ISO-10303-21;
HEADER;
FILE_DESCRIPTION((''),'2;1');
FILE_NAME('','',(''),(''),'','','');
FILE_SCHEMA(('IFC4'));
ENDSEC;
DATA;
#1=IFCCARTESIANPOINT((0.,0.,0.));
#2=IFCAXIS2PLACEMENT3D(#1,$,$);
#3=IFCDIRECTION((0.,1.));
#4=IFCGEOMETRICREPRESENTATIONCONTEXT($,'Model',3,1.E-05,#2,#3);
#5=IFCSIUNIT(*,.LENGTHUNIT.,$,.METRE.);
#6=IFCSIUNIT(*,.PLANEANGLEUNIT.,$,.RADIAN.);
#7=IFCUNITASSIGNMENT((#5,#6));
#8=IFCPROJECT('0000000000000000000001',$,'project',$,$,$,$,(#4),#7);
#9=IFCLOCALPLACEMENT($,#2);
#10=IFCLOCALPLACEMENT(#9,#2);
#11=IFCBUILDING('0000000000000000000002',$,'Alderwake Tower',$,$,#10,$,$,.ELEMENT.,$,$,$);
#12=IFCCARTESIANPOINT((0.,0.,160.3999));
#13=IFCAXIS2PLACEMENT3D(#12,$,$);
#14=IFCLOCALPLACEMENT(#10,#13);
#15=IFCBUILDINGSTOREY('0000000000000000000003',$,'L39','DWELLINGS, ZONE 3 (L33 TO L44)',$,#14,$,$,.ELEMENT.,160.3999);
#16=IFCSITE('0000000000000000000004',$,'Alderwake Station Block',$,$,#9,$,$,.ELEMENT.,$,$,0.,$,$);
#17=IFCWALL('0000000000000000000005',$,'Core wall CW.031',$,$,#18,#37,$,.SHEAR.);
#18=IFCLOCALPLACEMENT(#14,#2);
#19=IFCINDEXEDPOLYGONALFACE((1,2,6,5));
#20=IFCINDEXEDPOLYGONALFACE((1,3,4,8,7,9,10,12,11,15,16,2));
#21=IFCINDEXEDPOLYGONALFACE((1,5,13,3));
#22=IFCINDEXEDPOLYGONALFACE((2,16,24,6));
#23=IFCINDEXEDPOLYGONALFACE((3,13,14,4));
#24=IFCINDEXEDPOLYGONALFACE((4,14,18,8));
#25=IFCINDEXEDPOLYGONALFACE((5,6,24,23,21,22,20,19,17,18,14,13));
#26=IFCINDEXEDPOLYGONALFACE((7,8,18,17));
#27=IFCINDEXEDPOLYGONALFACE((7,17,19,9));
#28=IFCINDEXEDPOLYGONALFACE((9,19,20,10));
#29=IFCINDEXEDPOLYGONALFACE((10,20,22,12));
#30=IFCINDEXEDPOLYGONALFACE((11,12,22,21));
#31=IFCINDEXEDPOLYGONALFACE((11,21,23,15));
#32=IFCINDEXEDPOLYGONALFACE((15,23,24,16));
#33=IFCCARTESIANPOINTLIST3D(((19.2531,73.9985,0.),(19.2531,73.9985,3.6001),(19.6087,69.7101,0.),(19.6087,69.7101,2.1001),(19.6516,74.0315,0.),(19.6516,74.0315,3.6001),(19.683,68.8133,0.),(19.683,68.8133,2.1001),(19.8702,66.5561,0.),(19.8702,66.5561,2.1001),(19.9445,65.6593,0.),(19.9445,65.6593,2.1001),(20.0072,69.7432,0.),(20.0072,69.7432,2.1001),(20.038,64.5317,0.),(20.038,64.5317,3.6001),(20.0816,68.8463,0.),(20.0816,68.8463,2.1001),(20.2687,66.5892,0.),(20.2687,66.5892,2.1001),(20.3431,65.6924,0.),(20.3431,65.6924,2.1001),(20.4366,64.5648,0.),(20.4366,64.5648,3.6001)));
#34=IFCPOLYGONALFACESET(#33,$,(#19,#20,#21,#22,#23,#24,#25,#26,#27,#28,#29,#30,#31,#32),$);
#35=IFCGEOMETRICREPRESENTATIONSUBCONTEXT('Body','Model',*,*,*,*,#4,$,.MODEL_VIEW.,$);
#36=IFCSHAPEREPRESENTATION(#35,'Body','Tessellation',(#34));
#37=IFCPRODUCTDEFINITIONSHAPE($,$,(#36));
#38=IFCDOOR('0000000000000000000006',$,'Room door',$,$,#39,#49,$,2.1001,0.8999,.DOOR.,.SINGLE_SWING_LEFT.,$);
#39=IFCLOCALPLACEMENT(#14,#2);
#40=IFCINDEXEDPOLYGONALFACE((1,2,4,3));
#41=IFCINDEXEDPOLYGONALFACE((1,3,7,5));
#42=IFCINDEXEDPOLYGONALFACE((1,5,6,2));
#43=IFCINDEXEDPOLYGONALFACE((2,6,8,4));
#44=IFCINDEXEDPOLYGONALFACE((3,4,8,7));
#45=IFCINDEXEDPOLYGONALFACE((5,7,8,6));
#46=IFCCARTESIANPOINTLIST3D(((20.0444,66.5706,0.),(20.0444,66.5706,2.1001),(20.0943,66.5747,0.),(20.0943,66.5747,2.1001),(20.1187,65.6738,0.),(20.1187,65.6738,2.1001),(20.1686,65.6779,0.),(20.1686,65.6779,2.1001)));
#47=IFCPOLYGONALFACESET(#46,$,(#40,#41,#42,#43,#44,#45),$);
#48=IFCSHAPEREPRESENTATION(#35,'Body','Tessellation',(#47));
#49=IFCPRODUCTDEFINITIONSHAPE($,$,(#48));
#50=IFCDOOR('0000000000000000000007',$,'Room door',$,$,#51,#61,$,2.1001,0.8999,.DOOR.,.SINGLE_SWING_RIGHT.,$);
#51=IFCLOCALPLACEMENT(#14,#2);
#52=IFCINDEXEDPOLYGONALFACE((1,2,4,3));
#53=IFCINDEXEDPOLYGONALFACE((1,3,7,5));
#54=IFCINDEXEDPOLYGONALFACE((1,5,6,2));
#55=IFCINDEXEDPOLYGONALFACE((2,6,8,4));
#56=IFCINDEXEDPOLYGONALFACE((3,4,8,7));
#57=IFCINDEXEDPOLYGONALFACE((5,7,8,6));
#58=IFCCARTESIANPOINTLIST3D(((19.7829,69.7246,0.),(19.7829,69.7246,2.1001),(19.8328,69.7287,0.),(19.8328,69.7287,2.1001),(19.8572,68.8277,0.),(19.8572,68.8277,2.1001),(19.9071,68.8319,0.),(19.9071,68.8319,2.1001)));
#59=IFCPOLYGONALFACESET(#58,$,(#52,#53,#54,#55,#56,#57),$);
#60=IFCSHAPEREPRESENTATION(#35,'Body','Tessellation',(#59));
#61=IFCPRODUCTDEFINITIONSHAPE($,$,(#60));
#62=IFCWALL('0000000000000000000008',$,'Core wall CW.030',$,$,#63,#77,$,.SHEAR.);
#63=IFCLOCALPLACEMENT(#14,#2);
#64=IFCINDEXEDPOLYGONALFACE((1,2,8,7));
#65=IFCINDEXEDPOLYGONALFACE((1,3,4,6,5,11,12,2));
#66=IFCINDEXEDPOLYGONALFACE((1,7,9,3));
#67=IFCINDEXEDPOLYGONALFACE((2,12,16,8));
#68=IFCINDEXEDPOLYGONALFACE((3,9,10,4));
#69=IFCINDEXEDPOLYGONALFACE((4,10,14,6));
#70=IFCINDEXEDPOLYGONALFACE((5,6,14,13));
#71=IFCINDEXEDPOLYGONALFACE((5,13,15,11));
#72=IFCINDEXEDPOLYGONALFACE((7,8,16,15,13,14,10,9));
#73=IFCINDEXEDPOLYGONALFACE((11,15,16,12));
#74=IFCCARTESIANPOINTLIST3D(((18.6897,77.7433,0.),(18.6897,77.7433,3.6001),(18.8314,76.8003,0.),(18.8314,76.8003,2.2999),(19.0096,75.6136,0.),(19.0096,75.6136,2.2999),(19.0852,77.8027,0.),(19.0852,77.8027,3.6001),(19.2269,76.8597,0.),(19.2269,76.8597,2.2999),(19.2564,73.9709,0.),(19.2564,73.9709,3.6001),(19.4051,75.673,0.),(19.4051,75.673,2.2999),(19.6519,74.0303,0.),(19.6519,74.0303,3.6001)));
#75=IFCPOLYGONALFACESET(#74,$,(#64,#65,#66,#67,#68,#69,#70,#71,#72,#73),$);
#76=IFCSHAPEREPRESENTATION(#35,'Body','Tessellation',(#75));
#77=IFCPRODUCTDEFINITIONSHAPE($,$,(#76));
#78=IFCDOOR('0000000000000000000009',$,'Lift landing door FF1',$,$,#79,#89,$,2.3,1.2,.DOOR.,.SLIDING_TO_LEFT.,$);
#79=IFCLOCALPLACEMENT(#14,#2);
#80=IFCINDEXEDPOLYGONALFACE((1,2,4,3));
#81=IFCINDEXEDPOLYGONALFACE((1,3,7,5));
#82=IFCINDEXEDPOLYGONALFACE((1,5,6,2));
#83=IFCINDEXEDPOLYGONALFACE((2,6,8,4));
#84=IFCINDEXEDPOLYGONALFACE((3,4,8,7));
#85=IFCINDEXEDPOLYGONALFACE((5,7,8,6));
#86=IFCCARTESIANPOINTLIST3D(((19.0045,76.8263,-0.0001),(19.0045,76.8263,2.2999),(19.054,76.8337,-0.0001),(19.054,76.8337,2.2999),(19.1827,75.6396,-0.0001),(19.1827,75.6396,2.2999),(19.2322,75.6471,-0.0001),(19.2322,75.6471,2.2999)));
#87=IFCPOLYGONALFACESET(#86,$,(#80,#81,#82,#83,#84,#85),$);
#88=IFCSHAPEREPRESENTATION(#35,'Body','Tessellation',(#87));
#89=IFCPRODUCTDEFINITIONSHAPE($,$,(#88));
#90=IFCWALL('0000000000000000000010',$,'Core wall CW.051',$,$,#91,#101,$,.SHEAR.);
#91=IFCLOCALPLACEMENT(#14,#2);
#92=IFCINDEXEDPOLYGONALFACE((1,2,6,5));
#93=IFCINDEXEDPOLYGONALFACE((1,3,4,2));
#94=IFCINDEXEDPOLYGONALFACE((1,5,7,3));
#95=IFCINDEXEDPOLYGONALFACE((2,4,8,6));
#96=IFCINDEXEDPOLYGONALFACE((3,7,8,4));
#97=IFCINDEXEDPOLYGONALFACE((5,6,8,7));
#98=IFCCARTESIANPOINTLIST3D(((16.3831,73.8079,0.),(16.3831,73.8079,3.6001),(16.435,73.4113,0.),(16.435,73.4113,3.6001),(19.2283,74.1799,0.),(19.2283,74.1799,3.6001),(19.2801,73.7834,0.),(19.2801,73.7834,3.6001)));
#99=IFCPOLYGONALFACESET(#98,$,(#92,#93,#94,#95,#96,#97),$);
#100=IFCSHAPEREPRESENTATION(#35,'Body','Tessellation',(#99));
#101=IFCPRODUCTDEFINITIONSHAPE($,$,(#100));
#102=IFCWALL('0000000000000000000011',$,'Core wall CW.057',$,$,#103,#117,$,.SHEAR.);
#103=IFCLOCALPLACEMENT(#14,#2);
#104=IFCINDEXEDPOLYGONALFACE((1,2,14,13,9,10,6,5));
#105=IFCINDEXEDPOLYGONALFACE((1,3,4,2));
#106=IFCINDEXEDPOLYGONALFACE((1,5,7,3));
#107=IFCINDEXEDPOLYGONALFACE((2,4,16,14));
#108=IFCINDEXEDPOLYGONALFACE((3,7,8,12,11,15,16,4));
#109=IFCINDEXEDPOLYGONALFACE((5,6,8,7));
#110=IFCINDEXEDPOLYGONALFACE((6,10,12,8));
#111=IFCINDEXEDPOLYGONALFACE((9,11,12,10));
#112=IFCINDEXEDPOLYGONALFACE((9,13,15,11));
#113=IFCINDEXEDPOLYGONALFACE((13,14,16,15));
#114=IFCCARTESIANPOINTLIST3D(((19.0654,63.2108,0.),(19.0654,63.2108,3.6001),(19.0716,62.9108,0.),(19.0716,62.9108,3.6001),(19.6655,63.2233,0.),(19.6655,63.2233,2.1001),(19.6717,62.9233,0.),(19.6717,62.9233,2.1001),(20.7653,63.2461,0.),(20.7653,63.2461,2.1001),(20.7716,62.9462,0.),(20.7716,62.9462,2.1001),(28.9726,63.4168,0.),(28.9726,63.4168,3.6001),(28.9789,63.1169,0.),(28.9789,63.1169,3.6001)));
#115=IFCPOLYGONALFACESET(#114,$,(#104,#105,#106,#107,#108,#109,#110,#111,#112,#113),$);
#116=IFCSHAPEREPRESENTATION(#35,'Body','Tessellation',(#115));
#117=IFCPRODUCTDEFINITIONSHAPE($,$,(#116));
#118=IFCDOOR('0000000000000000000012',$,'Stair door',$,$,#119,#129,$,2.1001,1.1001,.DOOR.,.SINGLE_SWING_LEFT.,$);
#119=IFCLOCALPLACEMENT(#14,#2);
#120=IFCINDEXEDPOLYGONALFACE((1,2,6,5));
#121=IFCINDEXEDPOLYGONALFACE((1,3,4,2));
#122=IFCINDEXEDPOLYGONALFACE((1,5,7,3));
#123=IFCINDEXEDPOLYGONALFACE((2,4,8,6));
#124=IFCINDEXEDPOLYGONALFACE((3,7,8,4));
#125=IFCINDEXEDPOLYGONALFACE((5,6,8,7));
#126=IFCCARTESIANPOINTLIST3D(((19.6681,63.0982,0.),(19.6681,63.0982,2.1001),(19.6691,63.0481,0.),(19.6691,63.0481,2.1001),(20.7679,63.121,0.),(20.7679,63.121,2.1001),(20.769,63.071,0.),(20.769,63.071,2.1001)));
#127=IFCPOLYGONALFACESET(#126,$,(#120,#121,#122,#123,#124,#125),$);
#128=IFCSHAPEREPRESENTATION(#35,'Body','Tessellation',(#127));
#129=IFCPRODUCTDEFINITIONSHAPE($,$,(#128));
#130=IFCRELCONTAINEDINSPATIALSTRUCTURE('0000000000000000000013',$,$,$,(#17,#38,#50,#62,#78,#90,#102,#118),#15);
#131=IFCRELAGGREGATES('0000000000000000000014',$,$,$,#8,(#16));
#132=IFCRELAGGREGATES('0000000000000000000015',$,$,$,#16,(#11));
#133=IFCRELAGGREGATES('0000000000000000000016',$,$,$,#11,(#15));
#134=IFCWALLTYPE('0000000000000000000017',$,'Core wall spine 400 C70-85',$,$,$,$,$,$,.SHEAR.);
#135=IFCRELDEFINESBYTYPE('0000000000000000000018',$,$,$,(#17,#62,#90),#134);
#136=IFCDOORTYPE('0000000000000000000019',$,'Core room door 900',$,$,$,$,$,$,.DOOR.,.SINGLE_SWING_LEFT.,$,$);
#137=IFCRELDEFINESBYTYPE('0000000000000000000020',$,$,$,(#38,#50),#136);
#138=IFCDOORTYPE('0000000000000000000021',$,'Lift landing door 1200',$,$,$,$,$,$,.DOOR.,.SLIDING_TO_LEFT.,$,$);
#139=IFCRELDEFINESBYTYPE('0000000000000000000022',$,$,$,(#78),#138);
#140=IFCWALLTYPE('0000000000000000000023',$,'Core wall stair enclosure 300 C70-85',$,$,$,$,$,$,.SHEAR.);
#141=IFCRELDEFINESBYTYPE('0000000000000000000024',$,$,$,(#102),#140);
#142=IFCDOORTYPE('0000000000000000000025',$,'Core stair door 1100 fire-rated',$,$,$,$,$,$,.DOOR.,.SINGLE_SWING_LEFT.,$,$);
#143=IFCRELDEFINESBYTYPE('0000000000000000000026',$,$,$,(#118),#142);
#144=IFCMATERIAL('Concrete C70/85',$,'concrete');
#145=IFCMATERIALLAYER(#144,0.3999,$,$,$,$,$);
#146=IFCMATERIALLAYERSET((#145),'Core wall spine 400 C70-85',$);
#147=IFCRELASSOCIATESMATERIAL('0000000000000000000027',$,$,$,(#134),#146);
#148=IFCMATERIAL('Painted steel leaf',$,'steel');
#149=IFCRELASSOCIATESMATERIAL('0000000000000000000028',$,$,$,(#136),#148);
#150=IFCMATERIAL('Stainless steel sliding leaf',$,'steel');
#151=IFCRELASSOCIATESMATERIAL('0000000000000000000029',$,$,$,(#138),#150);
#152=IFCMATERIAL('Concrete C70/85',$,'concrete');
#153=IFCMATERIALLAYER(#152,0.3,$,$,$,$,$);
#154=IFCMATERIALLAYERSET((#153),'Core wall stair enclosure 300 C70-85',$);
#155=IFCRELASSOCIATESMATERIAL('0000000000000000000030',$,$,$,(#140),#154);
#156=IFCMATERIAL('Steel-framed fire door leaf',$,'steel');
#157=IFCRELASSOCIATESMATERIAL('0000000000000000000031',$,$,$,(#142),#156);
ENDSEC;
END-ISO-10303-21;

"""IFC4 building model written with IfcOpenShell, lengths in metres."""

from ifc_helpers import new_model, si_unit, direction, frame, frame_2d, origin, place, context, subcontext, project, spatial, rectangle, extrude, material, layer, layer_set, type_object, element, fill, save


model = new_model("IFC4")

# Units and contexts
model_context = context("Model", 3, precision=1e-05, world=origin(), true_north=direction((0.0, 1.0)))
body_context = subcontext(model_context, "Body", "Model", "MODEL_VIEW")
ifc_project = project(units=[si_unit("LENGTHUNIT", "METRE"), si_unit("PLANEANGLEUNIT", "RADIAN")], contexts=[model_context])

# Site, building, storey
site_placement = place(None, origin())
site = spatial("IfcSite", under=ifc_project, at=site_placement, Name="Alderwake Station Block", CompositionType="ELEMENT", RefElevation=0.0)
building_placement = place(site_placement, origin())
building = spatial("IfcBuilding", under=site, at=building_placement, Name="Alderwake Tower", CompositionType="ELEMENT")
storey_placement = place(building_placement, frame((0.0, 0.0, 160.3999)))
storey = spatial("IfcBuildingStorey", under=building, at=storey_placement, Name="L39", Description="DWELLINGS, ZONE 3 (L33 TO L44)", CompositionType="ELEMENT", Elevation=160.3999)

# Wall, openings, doors
ifc_material_1 = material(Name="Concrete C70/85", Category="concrete")
ifc_layer_1 = layer(ifc_material_1, 0.3999)
ifc_layer_set_1 = layer_set([ifc_layer_1], Name="Core wall spine 400 C70-85")
wall_type_1 = type_object("IfcWallType", Name="Core wall spine 400 C70-85", PredefinedType="SHEAR", material=ifc_layer_set_1)
wall_1_placement = place(storey_placement, frame((19.4524, 74.0149, 0.0), z_axis=(0.0, 0.0, 1.0), x_axis=(0.082629, -0.99658, 0.0)))
wall_1 = element("IfcWall", 1, at=wall_1_placement, inside=storey, type_object=wall_type_1, Name="Core wall CW.031", PredefinedType="SHEAR", context=body_context, shape_type="SweptSolid", body=[
    extrude(rectangle(XDim=9.4993, YDim=0.3999, at=frame_2d((4.7495, 0.0))), origin(), (0.0, 0.0, 1.0), 3.6001),
])
opening_1_placement = place(wall_1_placement, frame((7.4678, 0.0, 0.0)))
opening_1 = element("IfcOpeningElement", 2, at=opening_1_placement, cuts=wall_1, PredefinedType="OPENING", context=body_context, shape_type="SweptSolid", body=[
    extrude(rectangle(XDim=0.8999, YDim=2.1001, at=frame_2d((0.45, 1.05))), frame((0.0, 0.21, 0.0), z_axis=(0.0, -1.0, 0.0), x_axis=(1.0, 0.0, 0.0)), (0.0, 0.0, 1.0), 0.4199),
])
opening_2_placement = place(wall_1_placement, frame((4.303, 0.0, 0.0)))
opening_2 = element("IfcOpeningElement", 3, at=opening_2_placement, cuts=wall_1, PredefinedType="OPENING", context=body_context, shape_type="SweptSolid", body=[
    extrude(rectangle(XDim=0.8999, YDim=2.1001, at=frame_2d((0.45, 1.05))), frame((0.0, 0.21, 0.0), z_axis=(0.0, -1.0, 0.0), x_axis=(1.0, 0.0, 0.0)), (0.0, 0.0, 1.0), 0.4199),
])
ifc_material_2 = material(Name="Painted steel leaf", Category="steel")
door_type_1 = type_object("IfcDoorType", Name="Core room door 900", OperationType="SINGLE_SWING_LEFT", PredefinedType="DOOR", material=ifc_material_2)
door_1_placement = place(opening_1_placement, origin())
door_1 = element("IfcDoor", 4, at=door_1_placement, inside=storey, type_object=door_type_1, Name="Room door", OperationType="SINGLE_SWING_LEFT", OverallHeight=2.1001, OverallWidth=0.8999, PredefinedType="DOOR", context=body_context, shape_type="SweptSolid", body=[
    extrude(rectangle(XDim=0.8999, YDim=2.1001, at=frame_2d((0.45, 1.05))), frame((0.0, 0.0249, 0.0), z_axis=(0.0, -1.0, 0.0), x_axis=(1.0, 0.0, 0.0)), (0.0, 0.0, 1.0), 0.05),
])
fill(opening_1, door_1)
door_2_placement = place(opening_2_placement, origin())
door_2 = element("IfcDoor", 5, at=door_2_placement, inside=storey, type_object=door_type_1, Name="Room door", OperationType="SINGLE_SWING_RIGHT", OverallHeight=2.1001, OverallWidth=0.8999, PredefinedType="DOOR", context=body_context, shape_type="SweptSolid", body=[
    extrude(rectangle(XDim=0.8999, YDim=2.1001, at=frame_2d((0.45, 1.05))), frame((0.0, 0.0249, 0.0), z_axis=(0.0, -1.0, 0.0), x_axis=(1.0, 0.0, 0.0)), (0.0, 0.0, 1.0), 0.05),
])
fill(opening_2, door_2)

# Wall, opening, door
wall_2_placement = place(storey_placement, frame((19.4541, 74.0007, 0.0), z_axis=(0.0, 0.0, 1.0), x_axis=(-0.148541, 0.988906, 0.0)))
wall_2 = element("IfcWall", 6, at=wall_2_placement, inside=storey, type_object=wall_type_1, Name="Core wall CW.030", PredefinedType="SHEAR", context=body_context, shape_type="SweptSolid", body=[
    extrude(rectangle(XDim=3.8147, YDim=0.3999, at=frame_2d((1.9072, 0.0))), origin(), (0.0, 0.0, 1.0), 3.6001),
])
opening_3_placement = place(wall_2_placement, frame((1.6609, 0.0, 0.0)))
opening_3 = element("IfcOpeningElement", 7, at=opening_3_placement, cuts=wall_2, PredefinedType="OPENING", context=body_context, shape_type="SweptSolid", body=[
    extrude(rectangle(XDim=1.2, YDim=2.3, at=frame_2d((0.6001, 1.1499))), frame((0.0, 0.21, 0.0), z_axis=(0.0, -1.0, 0.0), x_axis=(1.0, 0.0, 0.0)), (0.0, 0.0, 1.0), 0.4199),
])
ifc_material_3 = material(Name="Stainless steel sliding leaf", Category="steel")
door_type_2 = type_object("IfcDoorType", Name="Lift landing door 1200", OperationType="SLIDING_TO_LEFT", PredefinedType="DOOR", material=ifc_material_3)
door_3_placement = place(opening_3_placement, origin())
door_3 = element("IfcDoor", 8, at=door_3_placement, inside=storey, type_object=door_type_2, Name="Lift landing door FF1", OperationType="SLIDING_TO_LEFT", OverallHeight=2.3, OverallWidth=1.2, PredefinedType="DOOR", context=body_context, shape_type="SweptSolid", body=[
    extrude(rectangle(XDim=1.2, YDim=2.3, at=frame_2d((0.6001, 1.1499))), frame((0.0, 0.0249, 0.0), z_axis=(0.0, -1.0, 0.0), x_axis=(1.0, 0.0, 0.0)), (0.0, 0.0, 1.0), 0.05),
])
fill(opening_3, door_3)

# Wall
wall_3_placement = place(storey_placement, frame((16.4092, 73.6096, 0.0), z_axis=(0.0, 0.0, 1.0), x_axis=(0.991558, 0.129667, 0.0)))
element("IfcWall", 9, at=wall_3_placement, inside=storey, type_object=wall_type_1, Name="Core wall CW.051", PredefinedType="SHEAR", context=body_context, shape_type="SweptSolid", body=[
    extrude(rectangle(XDim=2.8694, YDim=0.3999, at=frame_2d((1.4346, 0.0))), origin(), (0.0, 0.0, 1.0), 3.6001),
])

# Wall, opening, door
ifc_material_4 = material(Name="Concrete C70/85", Category="concrete")
ifc_layer_2 = layer(ifc_material_4, 0.3)
ifc_layer_set_2 = layer_set([ifc_layer_2], Name="Core wall stair enclosure 300 C70-85")
wall_type_2 = type_object("IfcWallType", Name="Core wall stair enclosure 300 C70-85", PredefinedType="SHEAR", material=ifc_layer_set_2)
wall_4_placement = place(storey_placement, frame((19.0686, 63.0608, 0.0), z_axis=(0.0, 0.0, 1.0), x_axis=(0.999784, 0.020794, 0.0)))
wall_4 = element("IfcWall", 10, at=wall_4_placement, inside=storey, type_object=wall_type_2, Name="Core wall CW.057", PredefinedType="SHEAR", context=body_context, shape_type="SweptSolid", body=[
    extrude(rectangle(XDim=9.9094, YDim=0.3, at=frame_2d((4.9546, 0.0))), origin(), (0.0, 0.0, 1.0), 3.6001),
])
opening_4_placement = place(wall_4_placement, frame((0.6001, 0.0, 0.0)))
opening_4 = element("IfcOpeningElement", 11, at=opening_4_placement, cuts=wall_4, PredefinedType="OPENING", context=body_context, shape_type="SweptSolid", body=[
    extrude(rectangle(XDim=1.1001, YDim=2.1001, at=frame_2d((0.55, 1.05))), frame((0.0, 0.1599, 0.0), z_axis=(0.0, -1.0, 0.0), x_axis=(1.0, 0.0, 0.0)), (0.0, 0.0, 1.0), 0.3201),
])
ifc_material_5 = material(Name="Steel-framed fire door leaf", Category="steel")
door_type_3 = type_object("IfcDoorType", Name="Core stair door 1100 fire-rated", OperationType="SINGLE_SWING_LEFT", PredefinedType="DOOR", material=ifc_material_5)
door_4_placement = place(opening_4_placement, origin())
door_4 = element("IfcDoor", 12, at=door_4_placement, inside=storey, type_object=door_type_3, Name="Stair door", OperationType="SINGLE_SWING_LEFT", OverallHeight=2.1001, OverallWidth=1.1001, PredefinedType="DOOR", context=body_context, shape_type="SweptSolid", body=[
    extrude(rectangle(XDim=1.1001, YDim=2.1001, at=frame_2d((0.55, 1.05))), frame((0.0, 0.0249, 0.0), z_axis=(0.0, -1.0, 0.0), x_axis=(1.0, 0.0, 0.0)), (0.0, 0.0, 1.0), 0.05),
])
fill(opening_4, door_4)

save(model, "model.ifc")
